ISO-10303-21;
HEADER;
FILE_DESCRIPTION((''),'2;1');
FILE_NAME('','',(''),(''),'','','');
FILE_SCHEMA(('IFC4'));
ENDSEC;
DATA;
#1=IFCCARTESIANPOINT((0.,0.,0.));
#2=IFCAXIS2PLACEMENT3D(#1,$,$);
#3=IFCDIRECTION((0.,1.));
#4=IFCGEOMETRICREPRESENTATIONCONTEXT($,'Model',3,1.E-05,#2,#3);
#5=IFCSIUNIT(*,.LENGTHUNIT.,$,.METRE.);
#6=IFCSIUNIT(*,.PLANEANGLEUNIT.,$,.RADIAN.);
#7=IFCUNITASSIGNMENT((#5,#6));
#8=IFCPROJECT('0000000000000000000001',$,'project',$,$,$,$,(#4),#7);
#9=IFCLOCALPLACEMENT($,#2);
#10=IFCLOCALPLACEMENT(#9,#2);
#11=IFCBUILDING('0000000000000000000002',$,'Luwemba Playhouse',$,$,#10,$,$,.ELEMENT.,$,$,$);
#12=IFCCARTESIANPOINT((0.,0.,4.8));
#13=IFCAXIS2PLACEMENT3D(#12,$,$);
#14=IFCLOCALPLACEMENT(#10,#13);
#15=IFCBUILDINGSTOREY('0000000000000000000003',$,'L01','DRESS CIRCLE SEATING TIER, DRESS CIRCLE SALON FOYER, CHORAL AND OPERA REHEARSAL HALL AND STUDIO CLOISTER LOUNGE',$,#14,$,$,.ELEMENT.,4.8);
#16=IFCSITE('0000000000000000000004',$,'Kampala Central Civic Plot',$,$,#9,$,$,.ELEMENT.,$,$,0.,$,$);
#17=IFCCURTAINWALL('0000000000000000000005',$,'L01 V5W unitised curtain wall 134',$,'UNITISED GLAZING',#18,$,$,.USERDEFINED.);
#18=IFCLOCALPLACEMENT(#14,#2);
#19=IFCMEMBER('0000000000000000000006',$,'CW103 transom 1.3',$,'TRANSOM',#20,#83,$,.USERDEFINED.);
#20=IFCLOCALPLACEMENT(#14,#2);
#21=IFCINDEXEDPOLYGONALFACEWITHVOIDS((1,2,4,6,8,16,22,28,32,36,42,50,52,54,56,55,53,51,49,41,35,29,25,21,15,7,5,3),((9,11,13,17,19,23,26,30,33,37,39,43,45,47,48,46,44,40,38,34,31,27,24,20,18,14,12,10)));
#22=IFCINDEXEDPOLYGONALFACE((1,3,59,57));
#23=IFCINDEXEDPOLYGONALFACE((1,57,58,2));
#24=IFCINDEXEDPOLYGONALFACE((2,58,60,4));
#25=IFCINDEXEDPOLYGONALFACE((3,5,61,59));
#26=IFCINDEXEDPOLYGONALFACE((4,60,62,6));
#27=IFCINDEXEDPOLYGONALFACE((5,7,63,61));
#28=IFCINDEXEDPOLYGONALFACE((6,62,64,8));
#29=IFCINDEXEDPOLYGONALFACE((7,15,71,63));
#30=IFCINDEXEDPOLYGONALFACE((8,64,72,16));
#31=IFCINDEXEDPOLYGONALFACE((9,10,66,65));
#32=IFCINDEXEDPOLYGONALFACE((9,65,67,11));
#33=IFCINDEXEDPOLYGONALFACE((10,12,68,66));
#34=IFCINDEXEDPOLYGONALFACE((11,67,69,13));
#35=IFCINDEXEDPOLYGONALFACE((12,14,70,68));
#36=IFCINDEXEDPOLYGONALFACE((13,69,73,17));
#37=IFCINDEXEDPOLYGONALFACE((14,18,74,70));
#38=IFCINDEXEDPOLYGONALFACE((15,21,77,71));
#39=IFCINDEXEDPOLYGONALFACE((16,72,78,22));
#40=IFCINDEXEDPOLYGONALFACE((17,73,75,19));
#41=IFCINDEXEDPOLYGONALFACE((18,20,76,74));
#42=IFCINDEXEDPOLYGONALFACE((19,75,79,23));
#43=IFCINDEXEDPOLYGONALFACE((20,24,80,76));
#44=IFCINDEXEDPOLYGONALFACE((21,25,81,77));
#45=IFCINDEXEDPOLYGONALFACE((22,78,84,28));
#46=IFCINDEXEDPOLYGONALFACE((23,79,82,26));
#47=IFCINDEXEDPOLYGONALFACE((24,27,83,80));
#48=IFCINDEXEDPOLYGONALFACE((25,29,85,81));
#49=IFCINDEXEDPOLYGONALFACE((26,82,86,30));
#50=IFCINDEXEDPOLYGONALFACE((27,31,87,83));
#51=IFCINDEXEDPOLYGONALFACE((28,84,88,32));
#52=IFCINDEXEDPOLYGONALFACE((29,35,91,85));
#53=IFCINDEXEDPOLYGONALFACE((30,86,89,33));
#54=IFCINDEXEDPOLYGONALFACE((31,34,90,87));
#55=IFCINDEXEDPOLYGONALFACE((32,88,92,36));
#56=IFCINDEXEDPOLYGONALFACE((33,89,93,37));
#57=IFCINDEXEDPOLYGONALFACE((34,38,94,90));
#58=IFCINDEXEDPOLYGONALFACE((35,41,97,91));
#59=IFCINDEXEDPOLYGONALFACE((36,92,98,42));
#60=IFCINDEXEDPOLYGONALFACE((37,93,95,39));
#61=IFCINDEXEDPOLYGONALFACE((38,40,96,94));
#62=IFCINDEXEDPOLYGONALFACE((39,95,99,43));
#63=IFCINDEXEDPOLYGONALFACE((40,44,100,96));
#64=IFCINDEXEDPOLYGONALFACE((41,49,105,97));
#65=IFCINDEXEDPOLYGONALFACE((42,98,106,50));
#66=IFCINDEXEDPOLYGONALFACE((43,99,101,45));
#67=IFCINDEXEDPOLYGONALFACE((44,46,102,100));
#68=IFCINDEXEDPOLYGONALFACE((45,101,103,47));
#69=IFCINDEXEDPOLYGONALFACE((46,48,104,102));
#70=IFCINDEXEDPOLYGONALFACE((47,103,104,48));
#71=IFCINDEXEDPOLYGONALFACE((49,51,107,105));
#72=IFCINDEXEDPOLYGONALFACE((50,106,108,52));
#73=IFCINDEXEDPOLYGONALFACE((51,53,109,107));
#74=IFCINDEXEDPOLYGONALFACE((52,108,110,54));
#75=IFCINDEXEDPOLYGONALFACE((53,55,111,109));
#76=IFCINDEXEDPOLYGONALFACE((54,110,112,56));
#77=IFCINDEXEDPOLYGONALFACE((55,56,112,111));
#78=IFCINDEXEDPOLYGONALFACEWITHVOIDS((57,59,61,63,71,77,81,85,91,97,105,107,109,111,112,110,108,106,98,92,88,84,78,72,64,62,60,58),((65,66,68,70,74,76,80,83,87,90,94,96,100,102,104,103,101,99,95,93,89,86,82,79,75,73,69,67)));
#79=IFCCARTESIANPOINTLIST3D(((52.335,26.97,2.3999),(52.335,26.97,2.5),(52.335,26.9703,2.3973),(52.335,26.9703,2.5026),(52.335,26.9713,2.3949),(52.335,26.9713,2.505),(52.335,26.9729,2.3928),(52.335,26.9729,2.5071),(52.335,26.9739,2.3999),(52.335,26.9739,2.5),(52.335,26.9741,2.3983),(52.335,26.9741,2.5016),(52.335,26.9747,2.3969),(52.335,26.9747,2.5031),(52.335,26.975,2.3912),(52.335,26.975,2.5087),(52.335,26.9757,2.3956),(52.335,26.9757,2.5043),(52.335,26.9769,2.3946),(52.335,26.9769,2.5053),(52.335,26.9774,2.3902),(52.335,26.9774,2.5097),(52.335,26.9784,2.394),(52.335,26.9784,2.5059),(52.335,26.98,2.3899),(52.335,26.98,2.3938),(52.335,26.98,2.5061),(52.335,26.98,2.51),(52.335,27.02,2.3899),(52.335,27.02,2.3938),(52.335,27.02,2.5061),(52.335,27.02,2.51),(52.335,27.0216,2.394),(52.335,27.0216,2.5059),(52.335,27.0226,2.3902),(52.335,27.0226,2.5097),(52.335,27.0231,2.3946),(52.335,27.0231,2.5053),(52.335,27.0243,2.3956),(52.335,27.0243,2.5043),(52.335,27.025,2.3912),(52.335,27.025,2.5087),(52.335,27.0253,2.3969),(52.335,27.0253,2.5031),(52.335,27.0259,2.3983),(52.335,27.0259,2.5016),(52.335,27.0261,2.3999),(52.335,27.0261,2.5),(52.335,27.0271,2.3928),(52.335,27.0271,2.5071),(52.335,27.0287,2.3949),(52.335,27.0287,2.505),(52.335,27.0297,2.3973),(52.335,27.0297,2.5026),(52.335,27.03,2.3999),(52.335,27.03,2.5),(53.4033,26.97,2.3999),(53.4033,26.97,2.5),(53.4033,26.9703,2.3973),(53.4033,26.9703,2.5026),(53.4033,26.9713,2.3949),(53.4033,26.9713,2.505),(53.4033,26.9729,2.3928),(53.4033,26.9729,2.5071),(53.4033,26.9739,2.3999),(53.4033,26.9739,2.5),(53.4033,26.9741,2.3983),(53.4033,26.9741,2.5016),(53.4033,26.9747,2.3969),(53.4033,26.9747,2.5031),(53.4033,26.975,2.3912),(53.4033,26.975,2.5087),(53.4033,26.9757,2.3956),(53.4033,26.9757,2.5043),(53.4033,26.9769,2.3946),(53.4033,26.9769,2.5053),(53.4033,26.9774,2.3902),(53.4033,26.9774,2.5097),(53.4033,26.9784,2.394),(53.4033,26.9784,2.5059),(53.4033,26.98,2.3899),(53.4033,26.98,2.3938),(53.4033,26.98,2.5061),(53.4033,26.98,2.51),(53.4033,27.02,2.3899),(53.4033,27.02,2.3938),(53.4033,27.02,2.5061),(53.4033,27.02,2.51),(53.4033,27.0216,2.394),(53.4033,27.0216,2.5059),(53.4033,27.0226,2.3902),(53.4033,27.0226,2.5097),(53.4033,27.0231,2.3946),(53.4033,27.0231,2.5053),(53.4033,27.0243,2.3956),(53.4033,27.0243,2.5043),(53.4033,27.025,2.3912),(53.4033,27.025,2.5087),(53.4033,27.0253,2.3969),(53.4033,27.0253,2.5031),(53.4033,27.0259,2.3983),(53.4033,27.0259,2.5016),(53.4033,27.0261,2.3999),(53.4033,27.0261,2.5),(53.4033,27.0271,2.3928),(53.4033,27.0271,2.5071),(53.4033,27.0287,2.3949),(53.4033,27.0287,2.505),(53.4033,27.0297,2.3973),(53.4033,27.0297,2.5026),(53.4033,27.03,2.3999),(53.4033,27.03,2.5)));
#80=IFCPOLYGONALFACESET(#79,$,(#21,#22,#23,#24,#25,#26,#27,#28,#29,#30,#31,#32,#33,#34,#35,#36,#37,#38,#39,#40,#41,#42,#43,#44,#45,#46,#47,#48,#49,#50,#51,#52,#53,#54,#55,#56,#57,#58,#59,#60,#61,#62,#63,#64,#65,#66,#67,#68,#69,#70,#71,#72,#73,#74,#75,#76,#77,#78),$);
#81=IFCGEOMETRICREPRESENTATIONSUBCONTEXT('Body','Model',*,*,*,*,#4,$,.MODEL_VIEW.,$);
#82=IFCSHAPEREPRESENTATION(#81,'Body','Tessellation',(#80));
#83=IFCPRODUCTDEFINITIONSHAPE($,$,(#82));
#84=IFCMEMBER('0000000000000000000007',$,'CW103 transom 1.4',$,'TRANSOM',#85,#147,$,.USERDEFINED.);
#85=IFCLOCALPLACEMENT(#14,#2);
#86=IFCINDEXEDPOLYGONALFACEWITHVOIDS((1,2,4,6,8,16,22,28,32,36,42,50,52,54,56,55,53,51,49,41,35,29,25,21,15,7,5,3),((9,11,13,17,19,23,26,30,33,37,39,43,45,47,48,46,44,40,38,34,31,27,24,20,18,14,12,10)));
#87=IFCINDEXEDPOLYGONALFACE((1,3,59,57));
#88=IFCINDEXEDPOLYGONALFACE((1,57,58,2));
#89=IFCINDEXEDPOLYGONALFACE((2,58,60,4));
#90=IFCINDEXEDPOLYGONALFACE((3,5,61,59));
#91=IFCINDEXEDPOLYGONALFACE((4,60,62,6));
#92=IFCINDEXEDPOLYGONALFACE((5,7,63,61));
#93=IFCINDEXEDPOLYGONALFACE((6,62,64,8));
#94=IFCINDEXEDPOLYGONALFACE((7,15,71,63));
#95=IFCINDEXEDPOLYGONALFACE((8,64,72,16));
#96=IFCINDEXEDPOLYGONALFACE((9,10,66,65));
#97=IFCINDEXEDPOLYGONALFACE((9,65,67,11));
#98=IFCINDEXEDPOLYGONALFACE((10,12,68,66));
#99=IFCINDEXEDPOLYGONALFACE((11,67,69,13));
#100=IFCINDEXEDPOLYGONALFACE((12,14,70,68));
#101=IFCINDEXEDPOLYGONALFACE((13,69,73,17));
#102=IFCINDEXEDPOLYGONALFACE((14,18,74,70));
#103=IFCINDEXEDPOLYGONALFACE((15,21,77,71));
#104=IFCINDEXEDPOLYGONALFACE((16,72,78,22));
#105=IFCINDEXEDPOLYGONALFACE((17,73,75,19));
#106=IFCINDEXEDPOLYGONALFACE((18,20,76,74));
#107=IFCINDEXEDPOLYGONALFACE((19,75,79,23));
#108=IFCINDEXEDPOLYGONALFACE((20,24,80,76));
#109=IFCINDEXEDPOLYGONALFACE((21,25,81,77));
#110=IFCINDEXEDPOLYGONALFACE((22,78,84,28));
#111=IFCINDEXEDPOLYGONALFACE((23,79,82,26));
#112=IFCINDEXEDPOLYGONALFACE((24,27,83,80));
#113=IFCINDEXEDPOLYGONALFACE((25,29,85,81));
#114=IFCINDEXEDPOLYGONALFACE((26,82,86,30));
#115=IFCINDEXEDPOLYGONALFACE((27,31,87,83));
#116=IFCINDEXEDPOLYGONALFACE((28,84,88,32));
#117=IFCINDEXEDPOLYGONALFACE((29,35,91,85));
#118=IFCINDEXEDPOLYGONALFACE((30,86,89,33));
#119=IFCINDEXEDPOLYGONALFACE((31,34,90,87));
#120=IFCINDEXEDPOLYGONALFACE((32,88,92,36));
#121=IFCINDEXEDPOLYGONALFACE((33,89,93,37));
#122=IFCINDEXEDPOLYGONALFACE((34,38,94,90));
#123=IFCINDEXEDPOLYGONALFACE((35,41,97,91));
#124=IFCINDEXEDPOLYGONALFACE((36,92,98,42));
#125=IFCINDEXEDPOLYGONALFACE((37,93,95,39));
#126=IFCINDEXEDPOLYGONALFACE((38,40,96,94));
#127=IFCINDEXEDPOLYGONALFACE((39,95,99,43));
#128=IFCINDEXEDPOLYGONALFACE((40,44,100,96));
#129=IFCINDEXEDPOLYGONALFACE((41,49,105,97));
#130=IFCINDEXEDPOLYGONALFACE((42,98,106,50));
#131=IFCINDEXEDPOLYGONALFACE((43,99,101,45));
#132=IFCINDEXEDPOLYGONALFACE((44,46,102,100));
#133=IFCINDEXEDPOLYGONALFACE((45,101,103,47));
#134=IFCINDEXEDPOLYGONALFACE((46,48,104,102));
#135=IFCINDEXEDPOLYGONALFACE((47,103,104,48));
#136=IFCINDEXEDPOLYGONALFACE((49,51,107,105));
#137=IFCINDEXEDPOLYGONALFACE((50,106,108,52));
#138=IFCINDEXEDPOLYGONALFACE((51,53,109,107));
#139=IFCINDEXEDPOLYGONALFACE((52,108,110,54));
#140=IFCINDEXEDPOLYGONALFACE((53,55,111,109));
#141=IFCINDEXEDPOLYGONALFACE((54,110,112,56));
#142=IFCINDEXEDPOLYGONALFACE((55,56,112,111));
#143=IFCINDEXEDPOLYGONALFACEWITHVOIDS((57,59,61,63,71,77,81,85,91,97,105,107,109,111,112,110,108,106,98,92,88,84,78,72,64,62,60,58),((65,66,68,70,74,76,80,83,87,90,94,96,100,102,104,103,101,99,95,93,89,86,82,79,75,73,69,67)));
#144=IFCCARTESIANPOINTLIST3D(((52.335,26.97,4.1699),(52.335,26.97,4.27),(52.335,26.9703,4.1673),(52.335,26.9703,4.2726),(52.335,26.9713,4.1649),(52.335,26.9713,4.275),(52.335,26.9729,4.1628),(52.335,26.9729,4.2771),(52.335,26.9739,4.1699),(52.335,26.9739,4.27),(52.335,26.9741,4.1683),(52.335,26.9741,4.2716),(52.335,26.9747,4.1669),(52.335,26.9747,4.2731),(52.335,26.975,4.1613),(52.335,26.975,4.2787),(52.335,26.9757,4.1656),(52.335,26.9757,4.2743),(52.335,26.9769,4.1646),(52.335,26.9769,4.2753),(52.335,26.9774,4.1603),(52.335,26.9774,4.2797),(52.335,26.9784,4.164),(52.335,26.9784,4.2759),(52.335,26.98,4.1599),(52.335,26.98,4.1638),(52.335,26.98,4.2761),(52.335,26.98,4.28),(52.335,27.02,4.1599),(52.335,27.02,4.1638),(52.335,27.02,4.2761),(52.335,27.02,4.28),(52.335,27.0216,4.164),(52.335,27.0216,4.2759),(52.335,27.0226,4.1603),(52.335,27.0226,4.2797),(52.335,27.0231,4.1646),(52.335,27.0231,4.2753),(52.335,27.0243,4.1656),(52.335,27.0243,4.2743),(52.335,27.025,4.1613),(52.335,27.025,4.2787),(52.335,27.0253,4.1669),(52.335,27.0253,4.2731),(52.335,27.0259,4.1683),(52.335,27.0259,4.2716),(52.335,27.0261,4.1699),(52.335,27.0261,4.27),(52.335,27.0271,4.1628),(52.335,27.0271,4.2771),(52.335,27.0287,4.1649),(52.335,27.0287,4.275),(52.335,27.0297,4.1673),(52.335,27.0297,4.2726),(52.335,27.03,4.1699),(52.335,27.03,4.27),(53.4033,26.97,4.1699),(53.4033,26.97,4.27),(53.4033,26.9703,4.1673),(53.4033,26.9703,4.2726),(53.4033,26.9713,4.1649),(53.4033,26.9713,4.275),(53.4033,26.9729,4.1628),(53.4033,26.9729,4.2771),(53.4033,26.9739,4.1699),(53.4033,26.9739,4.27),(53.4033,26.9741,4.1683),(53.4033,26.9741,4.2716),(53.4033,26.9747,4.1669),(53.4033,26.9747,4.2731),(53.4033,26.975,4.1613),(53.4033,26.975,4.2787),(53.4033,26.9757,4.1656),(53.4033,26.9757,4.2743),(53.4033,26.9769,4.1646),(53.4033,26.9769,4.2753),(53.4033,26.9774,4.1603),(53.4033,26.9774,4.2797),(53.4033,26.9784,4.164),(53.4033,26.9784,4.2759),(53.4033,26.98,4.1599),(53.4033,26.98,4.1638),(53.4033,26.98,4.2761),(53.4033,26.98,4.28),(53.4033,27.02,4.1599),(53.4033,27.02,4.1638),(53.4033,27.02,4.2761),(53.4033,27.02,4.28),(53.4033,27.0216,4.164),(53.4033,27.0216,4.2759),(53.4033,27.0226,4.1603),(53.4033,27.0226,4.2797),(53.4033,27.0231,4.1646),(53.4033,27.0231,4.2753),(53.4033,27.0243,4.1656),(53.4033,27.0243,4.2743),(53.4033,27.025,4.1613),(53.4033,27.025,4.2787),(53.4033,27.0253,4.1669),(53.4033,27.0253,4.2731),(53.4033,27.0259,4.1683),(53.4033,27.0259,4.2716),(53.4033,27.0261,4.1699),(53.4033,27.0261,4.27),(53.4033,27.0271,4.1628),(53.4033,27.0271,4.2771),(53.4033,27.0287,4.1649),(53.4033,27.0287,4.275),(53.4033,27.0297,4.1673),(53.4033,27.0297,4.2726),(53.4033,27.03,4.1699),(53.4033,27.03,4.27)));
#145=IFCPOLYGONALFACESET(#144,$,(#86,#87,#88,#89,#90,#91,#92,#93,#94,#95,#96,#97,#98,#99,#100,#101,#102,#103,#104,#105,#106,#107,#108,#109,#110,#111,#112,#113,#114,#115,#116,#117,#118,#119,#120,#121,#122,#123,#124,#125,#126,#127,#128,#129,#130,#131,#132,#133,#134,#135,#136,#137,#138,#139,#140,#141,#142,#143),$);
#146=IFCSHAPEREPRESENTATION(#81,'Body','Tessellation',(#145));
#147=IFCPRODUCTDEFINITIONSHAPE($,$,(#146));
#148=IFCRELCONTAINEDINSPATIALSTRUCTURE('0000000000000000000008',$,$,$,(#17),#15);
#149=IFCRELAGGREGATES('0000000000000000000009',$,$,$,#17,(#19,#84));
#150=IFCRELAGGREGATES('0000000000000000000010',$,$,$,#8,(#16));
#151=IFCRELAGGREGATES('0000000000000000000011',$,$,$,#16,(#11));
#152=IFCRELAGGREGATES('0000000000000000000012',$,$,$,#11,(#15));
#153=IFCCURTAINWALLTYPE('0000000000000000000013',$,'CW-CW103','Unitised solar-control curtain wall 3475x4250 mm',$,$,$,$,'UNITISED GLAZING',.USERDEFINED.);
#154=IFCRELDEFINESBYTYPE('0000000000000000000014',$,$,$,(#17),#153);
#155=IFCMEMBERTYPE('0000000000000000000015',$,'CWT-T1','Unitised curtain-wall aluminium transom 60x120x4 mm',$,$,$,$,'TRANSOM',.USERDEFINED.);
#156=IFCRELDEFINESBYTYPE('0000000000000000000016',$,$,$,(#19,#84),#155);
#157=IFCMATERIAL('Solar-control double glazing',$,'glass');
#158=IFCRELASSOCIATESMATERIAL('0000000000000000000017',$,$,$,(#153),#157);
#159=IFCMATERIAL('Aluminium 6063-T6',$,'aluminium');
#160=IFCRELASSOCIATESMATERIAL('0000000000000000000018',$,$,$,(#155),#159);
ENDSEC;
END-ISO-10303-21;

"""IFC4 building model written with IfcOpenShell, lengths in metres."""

from ifc_helpers import new_model, si_unit, direction, frame, origin, origin_2d, place, context, subcontext, project, spatial, hollow_rectangle, extrude, material, material_profile, profile_set, type_object, element, aggregate, save


model = new_model("IFC4")

# Units and contexts
model_context = context("Model", 3, precision=1e-05, world=origin(), true_north=direction((0.0, 1.0)))
body_context = subcontext(model_context, "Body", "Model", "MODEL_VIEW")
ifc_project = project(units=[si_unit("LENGTHUNIT", "METRE"), si_unit("PLANEANGLEUNIT", "RADIAN")], contexts=[model_context])

# Site, building, storey
site_placement = place(None, origin())
site = spatial("IfcSite", under=ifc_project, at=site_placement, Name="Kampala Central Civic Plot", CompositionType="ELEMENT", RefElevation=0.0)
building_placement = place(site_placement, origin())
building = spatial("IfcBuilding", under=site, at=building_placement, Name="Luwemba Playhouse", CompositionType="ELEMENT")
storey_placement = place(building_placement, frame((0.0, 0.0, 4.8)))
storey = spatial("IfcBuildingStorey", under=building, at=storey_placement, Name="L01", Description="DRESS CIRCLE SEATING TIER, DRESS CIRCLE SALON FOYER, CHORAL AND OPERA REHEARSAL HALL AND STUDIO CLOISTER LOUNGE", CompositionType="ELEMENT", Elevation=4.8)

# Curtain wall
ifc_material_1 = material(Name="Solar-control double glazing", Category="glass")
ifc_material_2 = material(Name="Aluminium 6063-T6", Category="aluminium")
curtain_wall_type_1 = type_object("IfcCurtainWallType", Name="CW-CW103", Description="Unitised solar-control curtain wall 3475x4250 mm", ElementType="UNITISED GLAZING", PredefinedType="USERDEFINED", material=ifc_material_1)
curtain_wall_1_placement = place(storey_placement, origin())
curtain_wall_1 = element("IfcCurtainWall", 1, at=curtain_wall_1_placement, inside=storey, type_object=curtain_wall_type_1, Name="L01 V5W unitised curtain wall 134", ObjectType="UNITISED GLAZING", PredefinedType="USERDEFINED")

# Members
ifc_material_profile_1 = material_profile(ifc_material_2, hollow_rectangle(XDim=0.0601, YDim=0.1201, WallThickness=0.0039, InnerFilletRadius=0.0061, OuterFilletRadius=0.01, at=origin_2d()))
ifc_profile_set_1 = profile_set([ifc_material_profile_1], Name="Aluminium 6063-T6")
member_type_1 = type_object("IfcMemberType", Name="CWT-T1", Description="Unitised curtain-wall aluminium transom 60x120x4 mm", ElementType="TRANSOM", PredefinedType="USERDEFINED", material=ifc_profile_set_1)
member_1_placement = place(storey_placement, frame((52.335, 27.0, 2.45), z_axis=(1.0, 0.0, 0.0), x_axis=(0.0, 1.0, 0.0)))
member_1 = element("IfcMember", 2, at=member_1_placement, type_object=member_type_1, Name="CW103 transom 1.3", ObjectType="TRANSOM", PredefinedType="USERDEFINED", context=body_context, shape_type="SweptSolid", body=[
    extrude(hollow_rectangle(XDim=0.0601, YDim=0.1201, WallThickness=0.0039, InnerFilletRadius=0.0061, OuterFilletRadius=0.01, at=origin_2d()), origin(), (0.0, 0.0, 1.0), 1.0684),
])
member_2_placement = place(storey_placement, frame((52.335, 27.0, 4.22), z_axis=(1.0, 0.0, 0.0), x_axis=(0.0, 1.0, 0.0)))
member_2 = element("IfcMember", 3, at=member_2_placement, type_object=member_type_1, Name="CW103 transom 1.4", ObjectType="TRANSOM", PredefinedType="USERDEFINED", context=body_context, shape_type="SweptSolid", body=[
    extrude(hollow_rectangle(XDim=0.0601, YDim=0.1201, WallThickness=0.0039, InnerFilletRadius=0.0061, OuterFilletRadius=0.01, at=origin_2d()), origin(), (0.0, 0.0, 1.0), 1.0684),
])

aggregate(curtain_wall_1, [member_1, member_2])

save(model, "model.ifc")
